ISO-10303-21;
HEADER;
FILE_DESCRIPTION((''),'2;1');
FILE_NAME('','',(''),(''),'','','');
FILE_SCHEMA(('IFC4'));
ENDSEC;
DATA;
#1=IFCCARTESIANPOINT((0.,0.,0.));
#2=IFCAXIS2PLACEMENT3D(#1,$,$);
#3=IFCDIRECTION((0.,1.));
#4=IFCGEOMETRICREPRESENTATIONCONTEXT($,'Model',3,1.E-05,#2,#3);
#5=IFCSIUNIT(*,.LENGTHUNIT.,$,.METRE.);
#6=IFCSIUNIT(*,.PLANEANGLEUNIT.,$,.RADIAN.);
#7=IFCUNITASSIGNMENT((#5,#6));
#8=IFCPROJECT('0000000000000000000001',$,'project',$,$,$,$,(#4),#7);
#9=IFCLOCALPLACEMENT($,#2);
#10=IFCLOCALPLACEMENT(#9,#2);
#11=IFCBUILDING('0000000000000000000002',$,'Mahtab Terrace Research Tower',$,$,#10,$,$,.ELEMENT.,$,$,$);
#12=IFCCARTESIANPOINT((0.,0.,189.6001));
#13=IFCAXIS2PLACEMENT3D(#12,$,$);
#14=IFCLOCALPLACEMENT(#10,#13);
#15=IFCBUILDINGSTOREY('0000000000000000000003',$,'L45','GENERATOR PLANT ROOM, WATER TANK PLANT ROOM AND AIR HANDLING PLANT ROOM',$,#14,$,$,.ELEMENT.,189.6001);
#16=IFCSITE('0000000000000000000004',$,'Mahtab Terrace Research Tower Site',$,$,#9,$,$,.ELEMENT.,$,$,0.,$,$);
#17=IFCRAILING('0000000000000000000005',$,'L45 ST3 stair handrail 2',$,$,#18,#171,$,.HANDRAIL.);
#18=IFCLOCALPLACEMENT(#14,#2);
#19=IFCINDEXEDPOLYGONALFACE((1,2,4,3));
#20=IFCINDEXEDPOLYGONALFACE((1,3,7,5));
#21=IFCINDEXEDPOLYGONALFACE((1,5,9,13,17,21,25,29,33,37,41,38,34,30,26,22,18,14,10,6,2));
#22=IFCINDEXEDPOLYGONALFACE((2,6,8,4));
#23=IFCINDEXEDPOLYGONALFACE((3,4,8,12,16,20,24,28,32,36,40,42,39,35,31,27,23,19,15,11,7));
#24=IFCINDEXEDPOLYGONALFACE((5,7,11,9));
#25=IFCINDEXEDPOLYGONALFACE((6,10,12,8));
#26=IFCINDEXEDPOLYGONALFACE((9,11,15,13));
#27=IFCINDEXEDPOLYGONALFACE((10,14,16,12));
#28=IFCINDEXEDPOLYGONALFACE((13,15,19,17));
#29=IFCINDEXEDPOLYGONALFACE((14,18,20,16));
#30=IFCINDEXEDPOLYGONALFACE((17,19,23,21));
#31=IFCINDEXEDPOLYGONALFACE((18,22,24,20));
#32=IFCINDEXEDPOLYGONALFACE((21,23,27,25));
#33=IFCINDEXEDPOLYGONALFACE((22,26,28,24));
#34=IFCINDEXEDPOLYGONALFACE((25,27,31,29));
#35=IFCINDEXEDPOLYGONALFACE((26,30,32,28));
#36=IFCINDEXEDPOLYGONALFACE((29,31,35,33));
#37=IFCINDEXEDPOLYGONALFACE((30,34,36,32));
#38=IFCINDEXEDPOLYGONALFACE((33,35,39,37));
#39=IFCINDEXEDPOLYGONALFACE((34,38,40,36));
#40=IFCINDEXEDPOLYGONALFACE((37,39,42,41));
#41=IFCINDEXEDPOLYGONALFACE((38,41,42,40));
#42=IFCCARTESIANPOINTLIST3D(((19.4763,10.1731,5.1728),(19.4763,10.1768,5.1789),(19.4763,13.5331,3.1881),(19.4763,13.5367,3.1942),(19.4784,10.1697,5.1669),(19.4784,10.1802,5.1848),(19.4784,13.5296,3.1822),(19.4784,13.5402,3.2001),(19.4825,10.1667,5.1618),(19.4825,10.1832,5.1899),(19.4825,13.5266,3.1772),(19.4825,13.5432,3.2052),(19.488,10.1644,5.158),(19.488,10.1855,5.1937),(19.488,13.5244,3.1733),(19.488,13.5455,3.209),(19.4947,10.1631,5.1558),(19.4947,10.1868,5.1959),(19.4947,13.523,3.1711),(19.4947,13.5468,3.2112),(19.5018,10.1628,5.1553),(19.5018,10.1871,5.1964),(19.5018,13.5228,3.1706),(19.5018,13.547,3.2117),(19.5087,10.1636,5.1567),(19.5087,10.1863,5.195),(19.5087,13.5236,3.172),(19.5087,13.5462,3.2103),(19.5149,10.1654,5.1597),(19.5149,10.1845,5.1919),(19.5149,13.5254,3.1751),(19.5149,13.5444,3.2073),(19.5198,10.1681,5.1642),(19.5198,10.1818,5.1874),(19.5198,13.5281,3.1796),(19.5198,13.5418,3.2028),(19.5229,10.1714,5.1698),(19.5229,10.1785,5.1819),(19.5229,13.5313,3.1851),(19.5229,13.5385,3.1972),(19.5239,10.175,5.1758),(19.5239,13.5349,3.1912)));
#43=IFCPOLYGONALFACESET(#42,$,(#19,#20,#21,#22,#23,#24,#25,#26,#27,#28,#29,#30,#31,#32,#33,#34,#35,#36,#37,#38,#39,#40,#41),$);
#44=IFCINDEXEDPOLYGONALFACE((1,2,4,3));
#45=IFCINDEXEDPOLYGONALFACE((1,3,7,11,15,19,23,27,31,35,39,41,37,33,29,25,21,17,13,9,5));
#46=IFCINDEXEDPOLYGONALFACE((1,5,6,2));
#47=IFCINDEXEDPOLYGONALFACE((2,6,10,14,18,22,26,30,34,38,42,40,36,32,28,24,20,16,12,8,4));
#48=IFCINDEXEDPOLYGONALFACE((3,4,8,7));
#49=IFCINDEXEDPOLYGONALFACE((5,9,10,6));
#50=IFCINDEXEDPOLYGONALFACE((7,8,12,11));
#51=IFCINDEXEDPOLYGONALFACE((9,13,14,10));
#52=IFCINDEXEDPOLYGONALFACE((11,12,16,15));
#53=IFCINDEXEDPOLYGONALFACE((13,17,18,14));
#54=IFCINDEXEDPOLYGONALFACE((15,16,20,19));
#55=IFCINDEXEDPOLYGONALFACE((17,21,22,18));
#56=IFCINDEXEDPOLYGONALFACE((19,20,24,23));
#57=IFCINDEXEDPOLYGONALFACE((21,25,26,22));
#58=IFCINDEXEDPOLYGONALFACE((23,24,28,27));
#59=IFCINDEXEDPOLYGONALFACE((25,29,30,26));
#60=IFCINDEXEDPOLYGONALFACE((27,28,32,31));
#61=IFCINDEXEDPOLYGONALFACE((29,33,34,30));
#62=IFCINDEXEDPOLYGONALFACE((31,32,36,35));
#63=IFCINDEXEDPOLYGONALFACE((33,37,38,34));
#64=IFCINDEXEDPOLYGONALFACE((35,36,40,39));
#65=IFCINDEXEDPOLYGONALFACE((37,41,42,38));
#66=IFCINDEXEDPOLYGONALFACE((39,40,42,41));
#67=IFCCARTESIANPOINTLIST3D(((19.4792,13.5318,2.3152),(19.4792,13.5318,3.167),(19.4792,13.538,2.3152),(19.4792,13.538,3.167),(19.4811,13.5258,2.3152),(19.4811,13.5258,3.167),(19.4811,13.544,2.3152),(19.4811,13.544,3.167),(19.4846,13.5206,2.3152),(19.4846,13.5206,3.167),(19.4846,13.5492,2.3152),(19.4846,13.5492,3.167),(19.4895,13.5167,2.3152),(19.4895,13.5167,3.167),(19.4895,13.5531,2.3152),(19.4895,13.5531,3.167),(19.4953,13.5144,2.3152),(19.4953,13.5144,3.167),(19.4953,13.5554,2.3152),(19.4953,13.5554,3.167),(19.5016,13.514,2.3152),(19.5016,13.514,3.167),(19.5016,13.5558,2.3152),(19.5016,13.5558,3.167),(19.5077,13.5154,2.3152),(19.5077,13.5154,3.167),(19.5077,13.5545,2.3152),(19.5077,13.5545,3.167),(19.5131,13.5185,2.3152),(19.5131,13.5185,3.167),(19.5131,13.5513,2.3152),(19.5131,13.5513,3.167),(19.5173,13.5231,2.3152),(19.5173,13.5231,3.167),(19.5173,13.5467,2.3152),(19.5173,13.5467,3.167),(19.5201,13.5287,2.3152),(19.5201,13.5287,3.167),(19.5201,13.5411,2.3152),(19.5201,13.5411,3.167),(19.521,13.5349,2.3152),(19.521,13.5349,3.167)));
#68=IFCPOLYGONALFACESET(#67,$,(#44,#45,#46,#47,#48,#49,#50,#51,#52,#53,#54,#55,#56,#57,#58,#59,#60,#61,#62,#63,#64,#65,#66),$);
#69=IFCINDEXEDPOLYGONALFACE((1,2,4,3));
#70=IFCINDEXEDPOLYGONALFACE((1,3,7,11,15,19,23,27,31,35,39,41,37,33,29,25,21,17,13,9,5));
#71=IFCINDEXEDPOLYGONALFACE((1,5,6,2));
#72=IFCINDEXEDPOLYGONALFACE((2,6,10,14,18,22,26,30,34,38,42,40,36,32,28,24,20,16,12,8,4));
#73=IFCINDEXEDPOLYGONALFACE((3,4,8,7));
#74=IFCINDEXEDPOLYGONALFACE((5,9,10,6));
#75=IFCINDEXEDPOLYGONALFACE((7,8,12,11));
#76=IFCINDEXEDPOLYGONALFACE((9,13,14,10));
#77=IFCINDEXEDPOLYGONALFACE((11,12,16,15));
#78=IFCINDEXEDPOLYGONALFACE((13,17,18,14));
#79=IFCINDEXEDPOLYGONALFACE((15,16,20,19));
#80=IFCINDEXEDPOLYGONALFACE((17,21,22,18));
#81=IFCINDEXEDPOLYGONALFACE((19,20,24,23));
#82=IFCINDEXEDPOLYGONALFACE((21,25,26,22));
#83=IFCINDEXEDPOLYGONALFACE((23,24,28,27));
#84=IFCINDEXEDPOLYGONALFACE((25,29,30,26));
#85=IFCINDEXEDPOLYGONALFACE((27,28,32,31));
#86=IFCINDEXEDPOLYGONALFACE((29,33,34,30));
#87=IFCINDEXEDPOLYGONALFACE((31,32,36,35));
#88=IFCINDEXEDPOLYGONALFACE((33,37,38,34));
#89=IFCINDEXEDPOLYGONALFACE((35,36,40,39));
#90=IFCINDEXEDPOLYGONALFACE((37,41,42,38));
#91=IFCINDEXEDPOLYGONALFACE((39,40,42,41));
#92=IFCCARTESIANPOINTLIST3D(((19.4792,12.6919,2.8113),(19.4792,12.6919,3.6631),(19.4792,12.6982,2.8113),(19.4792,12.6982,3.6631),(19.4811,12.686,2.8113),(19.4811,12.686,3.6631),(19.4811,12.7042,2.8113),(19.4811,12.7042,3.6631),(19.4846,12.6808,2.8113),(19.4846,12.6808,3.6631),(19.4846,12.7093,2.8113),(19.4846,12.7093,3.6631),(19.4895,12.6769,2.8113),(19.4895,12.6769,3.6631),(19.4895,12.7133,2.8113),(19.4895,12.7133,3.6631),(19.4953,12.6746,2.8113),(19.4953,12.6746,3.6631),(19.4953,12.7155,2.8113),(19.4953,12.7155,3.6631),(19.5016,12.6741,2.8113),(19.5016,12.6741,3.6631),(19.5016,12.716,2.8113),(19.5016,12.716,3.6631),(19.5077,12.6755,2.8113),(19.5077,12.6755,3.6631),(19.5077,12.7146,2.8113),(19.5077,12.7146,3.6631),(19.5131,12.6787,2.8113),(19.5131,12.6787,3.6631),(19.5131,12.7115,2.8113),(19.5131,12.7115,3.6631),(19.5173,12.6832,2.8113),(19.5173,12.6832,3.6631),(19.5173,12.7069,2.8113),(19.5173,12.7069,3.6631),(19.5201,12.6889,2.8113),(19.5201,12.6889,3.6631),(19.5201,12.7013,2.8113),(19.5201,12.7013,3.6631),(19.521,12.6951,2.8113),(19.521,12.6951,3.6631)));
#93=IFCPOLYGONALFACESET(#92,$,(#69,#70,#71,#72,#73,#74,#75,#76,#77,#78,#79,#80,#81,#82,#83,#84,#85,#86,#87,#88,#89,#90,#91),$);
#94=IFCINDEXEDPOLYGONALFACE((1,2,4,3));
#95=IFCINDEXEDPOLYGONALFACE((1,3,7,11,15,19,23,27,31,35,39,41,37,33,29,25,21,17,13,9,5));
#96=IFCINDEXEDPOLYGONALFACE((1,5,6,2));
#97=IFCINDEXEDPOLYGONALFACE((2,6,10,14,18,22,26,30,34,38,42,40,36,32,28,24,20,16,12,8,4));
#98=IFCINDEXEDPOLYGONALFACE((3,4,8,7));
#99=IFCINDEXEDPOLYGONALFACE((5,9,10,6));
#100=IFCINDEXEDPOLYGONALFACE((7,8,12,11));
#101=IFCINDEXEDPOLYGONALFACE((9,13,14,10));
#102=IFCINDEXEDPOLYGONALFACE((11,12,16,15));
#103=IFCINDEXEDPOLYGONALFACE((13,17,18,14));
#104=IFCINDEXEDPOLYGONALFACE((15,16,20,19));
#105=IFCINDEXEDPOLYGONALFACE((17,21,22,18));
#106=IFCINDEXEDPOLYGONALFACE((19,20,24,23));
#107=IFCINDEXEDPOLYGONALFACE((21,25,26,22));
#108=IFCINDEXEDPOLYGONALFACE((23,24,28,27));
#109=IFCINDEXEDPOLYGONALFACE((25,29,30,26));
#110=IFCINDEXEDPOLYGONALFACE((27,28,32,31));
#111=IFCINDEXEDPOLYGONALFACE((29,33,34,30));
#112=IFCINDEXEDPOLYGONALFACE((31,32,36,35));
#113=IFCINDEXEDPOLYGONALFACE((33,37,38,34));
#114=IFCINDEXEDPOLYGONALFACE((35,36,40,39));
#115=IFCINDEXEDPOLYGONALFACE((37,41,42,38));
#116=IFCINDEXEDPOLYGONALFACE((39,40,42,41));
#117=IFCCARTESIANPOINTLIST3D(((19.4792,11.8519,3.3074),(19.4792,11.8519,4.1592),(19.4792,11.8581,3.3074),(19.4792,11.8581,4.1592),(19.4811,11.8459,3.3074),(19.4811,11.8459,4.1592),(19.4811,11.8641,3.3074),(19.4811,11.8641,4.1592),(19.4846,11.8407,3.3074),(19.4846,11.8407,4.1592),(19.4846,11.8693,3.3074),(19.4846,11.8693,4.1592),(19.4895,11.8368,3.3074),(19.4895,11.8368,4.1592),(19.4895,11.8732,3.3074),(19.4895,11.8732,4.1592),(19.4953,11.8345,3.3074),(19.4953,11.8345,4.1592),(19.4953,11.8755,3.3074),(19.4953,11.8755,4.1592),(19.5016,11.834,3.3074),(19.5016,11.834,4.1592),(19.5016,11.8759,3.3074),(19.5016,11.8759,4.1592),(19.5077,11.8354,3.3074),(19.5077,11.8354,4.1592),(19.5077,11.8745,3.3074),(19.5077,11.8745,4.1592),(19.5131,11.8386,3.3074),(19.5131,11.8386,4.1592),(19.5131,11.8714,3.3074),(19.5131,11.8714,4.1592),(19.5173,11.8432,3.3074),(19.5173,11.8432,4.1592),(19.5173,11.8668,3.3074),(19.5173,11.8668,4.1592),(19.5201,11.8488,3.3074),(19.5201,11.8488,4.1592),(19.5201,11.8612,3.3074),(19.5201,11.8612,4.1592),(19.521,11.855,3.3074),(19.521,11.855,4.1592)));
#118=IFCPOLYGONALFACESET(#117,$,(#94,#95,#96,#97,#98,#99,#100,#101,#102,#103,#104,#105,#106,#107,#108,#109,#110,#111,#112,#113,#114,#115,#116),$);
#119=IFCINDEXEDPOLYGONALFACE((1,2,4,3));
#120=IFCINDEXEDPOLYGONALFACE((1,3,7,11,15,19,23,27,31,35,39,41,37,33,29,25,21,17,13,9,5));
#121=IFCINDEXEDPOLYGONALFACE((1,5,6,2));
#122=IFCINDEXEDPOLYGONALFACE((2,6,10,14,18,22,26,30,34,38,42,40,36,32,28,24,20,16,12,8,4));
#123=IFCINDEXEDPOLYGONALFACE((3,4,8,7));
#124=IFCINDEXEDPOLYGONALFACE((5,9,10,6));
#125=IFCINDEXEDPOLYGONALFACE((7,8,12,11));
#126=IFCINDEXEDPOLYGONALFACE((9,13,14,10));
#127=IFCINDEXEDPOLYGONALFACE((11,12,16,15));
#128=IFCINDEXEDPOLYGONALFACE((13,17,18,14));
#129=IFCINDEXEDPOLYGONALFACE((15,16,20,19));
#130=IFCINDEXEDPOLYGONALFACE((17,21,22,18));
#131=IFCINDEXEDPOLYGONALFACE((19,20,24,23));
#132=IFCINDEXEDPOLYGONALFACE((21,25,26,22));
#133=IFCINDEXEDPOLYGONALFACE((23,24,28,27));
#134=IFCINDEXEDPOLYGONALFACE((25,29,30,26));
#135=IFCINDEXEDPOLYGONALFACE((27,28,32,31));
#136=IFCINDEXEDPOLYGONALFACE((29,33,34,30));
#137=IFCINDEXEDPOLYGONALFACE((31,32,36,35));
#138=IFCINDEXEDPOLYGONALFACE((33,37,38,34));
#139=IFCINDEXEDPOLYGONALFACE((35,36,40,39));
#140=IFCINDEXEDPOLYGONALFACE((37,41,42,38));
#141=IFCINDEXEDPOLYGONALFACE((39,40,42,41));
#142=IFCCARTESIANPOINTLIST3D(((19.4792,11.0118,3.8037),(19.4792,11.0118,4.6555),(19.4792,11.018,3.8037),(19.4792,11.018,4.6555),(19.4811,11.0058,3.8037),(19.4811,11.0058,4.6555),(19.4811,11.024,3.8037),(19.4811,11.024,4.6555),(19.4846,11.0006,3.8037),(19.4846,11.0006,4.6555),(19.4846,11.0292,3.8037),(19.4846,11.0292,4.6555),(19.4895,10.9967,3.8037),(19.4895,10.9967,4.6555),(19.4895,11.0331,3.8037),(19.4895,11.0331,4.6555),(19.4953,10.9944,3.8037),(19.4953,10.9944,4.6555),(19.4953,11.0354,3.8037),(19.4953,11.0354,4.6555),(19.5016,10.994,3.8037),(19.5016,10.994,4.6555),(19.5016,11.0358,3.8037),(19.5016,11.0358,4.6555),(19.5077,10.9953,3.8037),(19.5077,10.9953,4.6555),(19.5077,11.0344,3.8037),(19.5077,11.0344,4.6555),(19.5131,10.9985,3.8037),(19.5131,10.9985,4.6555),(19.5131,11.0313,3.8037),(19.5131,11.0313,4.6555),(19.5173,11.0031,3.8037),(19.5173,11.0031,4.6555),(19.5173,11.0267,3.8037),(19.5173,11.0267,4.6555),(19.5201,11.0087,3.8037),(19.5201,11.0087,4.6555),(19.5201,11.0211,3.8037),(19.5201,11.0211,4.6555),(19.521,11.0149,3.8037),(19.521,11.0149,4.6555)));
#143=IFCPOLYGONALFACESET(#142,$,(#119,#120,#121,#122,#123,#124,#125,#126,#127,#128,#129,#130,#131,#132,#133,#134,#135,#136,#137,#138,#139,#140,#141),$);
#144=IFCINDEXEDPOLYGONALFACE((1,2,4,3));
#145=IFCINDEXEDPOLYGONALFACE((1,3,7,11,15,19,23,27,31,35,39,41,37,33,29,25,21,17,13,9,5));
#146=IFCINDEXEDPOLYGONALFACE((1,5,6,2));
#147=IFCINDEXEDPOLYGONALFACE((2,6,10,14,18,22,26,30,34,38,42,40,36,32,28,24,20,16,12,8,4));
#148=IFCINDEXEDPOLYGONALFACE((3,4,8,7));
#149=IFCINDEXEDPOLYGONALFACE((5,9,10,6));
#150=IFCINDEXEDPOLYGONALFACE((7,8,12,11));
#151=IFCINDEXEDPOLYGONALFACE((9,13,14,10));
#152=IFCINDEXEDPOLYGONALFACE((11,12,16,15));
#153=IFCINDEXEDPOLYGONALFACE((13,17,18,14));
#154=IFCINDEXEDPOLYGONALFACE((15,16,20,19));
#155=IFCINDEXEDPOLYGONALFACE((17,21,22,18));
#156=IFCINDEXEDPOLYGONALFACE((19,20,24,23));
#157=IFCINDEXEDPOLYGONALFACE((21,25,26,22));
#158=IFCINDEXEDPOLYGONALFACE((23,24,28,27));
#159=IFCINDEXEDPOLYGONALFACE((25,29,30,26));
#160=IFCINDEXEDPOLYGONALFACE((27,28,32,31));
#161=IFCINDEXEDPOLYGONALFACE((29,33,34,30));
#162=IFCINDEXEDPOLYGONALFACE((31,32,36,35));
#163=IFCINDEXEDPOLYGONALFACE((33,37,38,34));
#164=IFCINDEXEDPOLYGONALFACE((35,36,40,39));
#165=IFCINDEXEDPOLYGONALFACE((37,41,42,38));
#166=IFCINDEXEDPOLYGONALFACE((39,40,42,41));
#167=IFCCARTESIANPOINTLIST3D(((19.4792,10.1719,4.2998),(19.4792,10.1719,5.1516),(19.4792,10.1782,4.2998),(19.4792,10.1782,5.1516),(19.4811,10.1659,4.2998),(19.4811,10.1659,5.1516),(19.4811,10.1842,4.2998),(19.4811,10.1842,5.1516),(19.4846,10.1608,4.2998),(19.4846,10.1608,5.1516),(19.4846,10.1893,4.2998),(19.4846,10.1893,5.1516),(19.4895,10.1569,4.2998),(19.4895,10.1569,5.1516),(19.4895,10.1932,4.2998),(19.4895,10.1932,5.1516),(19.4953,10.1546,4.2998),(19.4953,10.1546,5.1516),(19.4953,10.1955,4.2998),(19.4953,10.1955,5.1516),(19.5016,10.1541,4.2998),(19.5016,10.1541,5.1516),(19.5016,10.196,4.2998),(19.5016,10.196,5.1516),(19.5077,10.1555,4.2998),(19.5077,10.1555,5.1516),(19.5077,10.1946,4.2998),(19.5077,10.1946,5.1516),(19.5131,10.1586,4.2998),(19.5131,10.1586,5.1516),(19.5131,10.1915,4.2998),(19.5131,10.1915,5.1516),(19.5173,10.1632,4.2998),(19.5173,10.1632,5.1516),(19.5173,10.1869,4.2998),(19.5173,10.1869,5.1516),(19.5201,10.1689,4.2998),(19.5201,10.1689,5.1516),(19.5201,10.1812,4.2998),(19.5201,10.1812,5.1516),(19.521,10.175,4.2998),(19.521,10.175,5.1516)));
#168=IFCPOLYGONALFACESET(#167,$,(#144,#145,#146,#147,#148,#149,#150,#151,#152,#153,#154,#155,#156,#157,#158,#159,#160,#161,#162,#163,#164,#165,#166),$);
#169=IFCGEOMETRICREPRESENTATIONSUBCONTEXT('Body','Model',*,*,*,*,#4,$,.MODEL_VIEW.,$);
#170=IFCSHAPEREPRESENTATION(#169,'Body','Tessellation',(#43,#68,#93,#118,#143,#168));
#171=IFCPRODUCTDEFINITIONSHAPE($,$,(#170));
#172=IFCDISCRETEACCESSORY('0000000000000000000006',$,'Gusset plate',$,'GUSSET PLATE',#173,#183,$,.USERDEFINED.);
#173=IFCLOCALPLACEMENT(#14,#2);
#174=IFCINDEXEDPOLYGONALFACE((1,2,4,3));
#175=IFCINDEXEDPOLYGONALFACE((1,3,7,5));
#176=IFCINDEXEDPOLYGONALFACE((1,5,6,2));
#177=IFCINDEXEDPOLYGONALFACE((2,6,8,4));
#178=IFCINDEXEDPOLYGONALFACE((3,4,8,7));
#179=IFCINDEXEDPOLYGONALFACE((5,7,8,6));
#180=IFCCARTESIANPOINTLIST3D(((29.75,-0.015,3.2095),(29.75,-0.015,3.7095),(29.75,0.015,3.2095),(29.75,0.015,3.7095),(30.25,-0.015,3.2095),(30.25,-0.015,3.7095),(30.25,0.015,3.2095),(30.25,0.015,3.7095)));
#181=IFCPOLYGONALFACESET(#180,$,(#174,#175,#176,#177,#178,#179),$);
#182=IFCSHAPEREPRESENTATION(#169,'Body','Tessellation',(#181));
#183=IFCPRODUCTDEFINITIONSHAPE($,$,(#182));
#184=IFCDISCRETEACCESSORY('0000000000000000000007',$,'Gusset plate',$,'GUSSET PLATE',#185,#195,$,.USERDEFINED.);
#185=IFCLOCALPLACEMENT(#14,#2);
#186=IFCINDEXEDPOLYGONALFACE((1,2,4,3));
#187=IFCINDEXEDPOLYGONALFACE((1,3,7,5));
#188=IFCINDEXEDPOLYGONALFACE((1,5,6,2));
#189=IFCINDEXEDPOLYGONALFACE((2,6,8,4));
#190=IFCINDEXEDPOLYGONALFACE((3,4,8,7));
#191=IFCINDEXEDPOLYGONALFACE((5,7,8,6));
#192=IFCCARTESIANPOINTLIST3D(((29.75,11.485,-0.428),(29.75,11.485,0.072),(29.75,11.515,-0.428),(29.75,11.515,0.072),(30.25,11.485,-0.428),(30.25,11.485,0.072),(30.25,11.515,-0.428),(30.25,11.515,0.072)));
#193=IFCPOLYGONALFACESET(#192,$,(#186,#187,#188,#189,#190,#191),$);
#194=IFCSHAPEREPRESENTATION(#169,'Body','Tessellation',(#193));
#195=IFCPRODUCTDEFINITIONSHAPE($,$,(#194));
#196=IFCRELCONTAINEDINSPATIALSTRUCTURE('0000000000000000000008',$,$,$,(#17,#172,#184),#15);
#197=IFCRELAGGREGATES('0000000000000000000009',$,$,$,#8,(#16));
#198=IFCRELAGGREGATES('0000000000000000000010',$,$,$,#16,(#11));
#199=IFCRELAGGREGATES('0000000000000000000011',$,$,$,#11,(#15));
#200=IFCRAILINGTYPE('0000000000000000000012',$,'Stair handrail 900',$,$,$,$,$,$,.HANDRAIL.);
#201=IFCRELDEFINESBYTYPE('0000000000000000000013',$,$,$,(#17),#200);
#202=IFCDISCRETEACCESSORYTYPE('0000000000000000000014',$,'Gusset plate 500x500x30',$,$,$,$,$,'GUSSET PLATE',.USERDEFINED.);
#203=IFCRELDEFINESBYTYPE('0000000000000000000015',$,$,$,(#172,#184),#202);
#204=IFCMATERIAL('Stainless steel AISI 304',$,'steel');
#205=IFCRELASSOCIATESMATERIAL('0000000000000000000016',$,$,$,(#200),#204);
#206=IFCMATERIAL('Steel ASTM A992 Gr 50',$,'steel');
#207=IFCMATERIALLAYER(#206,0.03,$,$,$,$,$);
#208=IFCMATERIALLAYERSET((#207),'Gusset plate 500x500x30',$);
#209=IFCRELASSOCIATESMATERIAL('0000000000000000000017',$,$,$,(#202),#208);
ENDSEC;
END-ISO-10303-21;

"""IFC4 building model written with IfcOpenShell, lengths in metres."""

from ifc_helpers import new_model, si_unit, direction, frame, origin, origin_2d, place, context, subcontext, project, spatial, rectangle, circle, extrude, material, layer, layer_set, type_object, element, save


model = new_model("IFC4")

# Units and contexts
model_context = context("Model", 3, precision=1e-05, world=origin(), true_north=direction((0.0, 1.0)))
body_context = subcontext(model_context, "Body", "Model", "MODEL_VIEW")
ifc_project = project(units=[si_unit("LENGTHUNIT", "METRE"), si_unit("PLANEANGLEUNIT", "RADIAN")], contexts=[model_context])

# Site, building, storey
site_placement = place(None, origin())
site = spatial("IfcSite", under=ifc_project, at=site_placement, Name="Mahtab Terrace Research Tower Site", CompositionType="ELEMENT", RefElevation=0.0)
building_placement = place(site_placement, origin())
building = spatial("IfcBuilding", under=site, at=building_placement, Name="Mahtab Terrace Research Tower", CompositionType="ELEMENT")
storey_placement = place(building_placement, frame((0.0, 0.0, 189.6001)))
storey = spatial("IfcBuildingStorey", under=building, at=storey_placement, Name="L45", Description="GENERATOR PLANT ROOM, WATER TANK PLANT ROOM AND AIR HANDLING PLANT ROOM", CompositionType="ELEMENT", Elevation=189.6001)

# Shared definitions
ifc_material_1 = material(Name="Steel ASTM A992 Gr 50", Category="steel")

# Railing
ifc_material_2 = material(Name="Stainless steel AISI 304", Category="steel")
railing_type_1 = type_object("IfcRailingType", Name="Stair handrail 900", PredefinedType="HANDRAIL", material=ifc_material_2)
railing_1_placement = place(storey_placement, frame((19.5, 13.5349, 2.3152)))
element("IfcRailing", 1, at=railing_1_placement, inside=storey, type_object=railing_type_1, Name="L45 ST3 stair handrail 2", PredefinedType="HANDRAIL", context=body_context, shape_type="SweptSolid", body=[
    extrude(circle(Radius=0.0239, at=origin_2d()), frame((0.0, 0.0, 0.876), z_axis=(0.0, -0.861011, 0.508586), x_axis=(1.0, 0.0, 0.0)), (0.0, 0.0, 1.0), 3.9023),
    extrude(circle(Radius=0.021, at=origin_2d()), origin(), (0.0, 0.0, 1.0), 0.8518),
    extrude(circle(Radius=0.021, at=origin_2d()), frame((0.0, -0.8398, 0.4961)), (0.0, 0.0, 1.0), 0.8518),
    extrude(circle(Radius=0.021, at=origin_2d()), frame((0.0, -1.6799, 0.9922)), (0.0, 0.0, 1.0), 0.8518),
    extrude(circle(Radius=0.021, at=origin_2d()), frame((0.0, -2.52, 1.4885)), (0.0, 0.0, 1.0), 0.8518),
    extrude(circle(Radius=0.021, at=origin_2d()), frame((0.0, -3.3599, 1.9846)), (0.0, 0.0, 1.0), 0.8518),
])

# Discrete accessories
ifc_layer_1 = layer(ifc_material_1, 0.03)
ifc_layer_set_1 = layer_set([ifc_layer_1], Name="Gusset plate 500x500x30")
discrete_accessory_type = type_object("IfcDiscreteAccessoryType", Name="Gusset plate 500x500x30", ElementType="GUSSET PLATE", PredefinedType="USERDEFINED", material=ifc_layer_set_1)
for number, where, z_axis, x_axis, name in (
    (2, (30.0, 0.0, 3.2095), (0.0, 0.0, 1.0), (1.0, 0.0, 0.0), "Gusset plate"),
    (3, (30.0, 11.5, -0.428), (0.0, 0.0, 1.0), (1.0, 0.0, 0.0), "Gusset plate"),
):
    element("IfcDiscreteAccessory", number, at=place(storey_placement, frame(where, z_axis=z_axis, x_axis=x_axis)), inside=storey, type_object=discrete_accessory_type, Name=name, ObjectType="GUSSET PLATE", PredefinedType="USERDEFINED", context=body_context, shape_type="SweptSolid", body=[
        extrude(rectangle(XDim=0.5, YDim=0.03, at=origin_2d()), origin(), (0.0, 0.0, 1.0), 0.5),
    ])

save(model, "model.ifc")
